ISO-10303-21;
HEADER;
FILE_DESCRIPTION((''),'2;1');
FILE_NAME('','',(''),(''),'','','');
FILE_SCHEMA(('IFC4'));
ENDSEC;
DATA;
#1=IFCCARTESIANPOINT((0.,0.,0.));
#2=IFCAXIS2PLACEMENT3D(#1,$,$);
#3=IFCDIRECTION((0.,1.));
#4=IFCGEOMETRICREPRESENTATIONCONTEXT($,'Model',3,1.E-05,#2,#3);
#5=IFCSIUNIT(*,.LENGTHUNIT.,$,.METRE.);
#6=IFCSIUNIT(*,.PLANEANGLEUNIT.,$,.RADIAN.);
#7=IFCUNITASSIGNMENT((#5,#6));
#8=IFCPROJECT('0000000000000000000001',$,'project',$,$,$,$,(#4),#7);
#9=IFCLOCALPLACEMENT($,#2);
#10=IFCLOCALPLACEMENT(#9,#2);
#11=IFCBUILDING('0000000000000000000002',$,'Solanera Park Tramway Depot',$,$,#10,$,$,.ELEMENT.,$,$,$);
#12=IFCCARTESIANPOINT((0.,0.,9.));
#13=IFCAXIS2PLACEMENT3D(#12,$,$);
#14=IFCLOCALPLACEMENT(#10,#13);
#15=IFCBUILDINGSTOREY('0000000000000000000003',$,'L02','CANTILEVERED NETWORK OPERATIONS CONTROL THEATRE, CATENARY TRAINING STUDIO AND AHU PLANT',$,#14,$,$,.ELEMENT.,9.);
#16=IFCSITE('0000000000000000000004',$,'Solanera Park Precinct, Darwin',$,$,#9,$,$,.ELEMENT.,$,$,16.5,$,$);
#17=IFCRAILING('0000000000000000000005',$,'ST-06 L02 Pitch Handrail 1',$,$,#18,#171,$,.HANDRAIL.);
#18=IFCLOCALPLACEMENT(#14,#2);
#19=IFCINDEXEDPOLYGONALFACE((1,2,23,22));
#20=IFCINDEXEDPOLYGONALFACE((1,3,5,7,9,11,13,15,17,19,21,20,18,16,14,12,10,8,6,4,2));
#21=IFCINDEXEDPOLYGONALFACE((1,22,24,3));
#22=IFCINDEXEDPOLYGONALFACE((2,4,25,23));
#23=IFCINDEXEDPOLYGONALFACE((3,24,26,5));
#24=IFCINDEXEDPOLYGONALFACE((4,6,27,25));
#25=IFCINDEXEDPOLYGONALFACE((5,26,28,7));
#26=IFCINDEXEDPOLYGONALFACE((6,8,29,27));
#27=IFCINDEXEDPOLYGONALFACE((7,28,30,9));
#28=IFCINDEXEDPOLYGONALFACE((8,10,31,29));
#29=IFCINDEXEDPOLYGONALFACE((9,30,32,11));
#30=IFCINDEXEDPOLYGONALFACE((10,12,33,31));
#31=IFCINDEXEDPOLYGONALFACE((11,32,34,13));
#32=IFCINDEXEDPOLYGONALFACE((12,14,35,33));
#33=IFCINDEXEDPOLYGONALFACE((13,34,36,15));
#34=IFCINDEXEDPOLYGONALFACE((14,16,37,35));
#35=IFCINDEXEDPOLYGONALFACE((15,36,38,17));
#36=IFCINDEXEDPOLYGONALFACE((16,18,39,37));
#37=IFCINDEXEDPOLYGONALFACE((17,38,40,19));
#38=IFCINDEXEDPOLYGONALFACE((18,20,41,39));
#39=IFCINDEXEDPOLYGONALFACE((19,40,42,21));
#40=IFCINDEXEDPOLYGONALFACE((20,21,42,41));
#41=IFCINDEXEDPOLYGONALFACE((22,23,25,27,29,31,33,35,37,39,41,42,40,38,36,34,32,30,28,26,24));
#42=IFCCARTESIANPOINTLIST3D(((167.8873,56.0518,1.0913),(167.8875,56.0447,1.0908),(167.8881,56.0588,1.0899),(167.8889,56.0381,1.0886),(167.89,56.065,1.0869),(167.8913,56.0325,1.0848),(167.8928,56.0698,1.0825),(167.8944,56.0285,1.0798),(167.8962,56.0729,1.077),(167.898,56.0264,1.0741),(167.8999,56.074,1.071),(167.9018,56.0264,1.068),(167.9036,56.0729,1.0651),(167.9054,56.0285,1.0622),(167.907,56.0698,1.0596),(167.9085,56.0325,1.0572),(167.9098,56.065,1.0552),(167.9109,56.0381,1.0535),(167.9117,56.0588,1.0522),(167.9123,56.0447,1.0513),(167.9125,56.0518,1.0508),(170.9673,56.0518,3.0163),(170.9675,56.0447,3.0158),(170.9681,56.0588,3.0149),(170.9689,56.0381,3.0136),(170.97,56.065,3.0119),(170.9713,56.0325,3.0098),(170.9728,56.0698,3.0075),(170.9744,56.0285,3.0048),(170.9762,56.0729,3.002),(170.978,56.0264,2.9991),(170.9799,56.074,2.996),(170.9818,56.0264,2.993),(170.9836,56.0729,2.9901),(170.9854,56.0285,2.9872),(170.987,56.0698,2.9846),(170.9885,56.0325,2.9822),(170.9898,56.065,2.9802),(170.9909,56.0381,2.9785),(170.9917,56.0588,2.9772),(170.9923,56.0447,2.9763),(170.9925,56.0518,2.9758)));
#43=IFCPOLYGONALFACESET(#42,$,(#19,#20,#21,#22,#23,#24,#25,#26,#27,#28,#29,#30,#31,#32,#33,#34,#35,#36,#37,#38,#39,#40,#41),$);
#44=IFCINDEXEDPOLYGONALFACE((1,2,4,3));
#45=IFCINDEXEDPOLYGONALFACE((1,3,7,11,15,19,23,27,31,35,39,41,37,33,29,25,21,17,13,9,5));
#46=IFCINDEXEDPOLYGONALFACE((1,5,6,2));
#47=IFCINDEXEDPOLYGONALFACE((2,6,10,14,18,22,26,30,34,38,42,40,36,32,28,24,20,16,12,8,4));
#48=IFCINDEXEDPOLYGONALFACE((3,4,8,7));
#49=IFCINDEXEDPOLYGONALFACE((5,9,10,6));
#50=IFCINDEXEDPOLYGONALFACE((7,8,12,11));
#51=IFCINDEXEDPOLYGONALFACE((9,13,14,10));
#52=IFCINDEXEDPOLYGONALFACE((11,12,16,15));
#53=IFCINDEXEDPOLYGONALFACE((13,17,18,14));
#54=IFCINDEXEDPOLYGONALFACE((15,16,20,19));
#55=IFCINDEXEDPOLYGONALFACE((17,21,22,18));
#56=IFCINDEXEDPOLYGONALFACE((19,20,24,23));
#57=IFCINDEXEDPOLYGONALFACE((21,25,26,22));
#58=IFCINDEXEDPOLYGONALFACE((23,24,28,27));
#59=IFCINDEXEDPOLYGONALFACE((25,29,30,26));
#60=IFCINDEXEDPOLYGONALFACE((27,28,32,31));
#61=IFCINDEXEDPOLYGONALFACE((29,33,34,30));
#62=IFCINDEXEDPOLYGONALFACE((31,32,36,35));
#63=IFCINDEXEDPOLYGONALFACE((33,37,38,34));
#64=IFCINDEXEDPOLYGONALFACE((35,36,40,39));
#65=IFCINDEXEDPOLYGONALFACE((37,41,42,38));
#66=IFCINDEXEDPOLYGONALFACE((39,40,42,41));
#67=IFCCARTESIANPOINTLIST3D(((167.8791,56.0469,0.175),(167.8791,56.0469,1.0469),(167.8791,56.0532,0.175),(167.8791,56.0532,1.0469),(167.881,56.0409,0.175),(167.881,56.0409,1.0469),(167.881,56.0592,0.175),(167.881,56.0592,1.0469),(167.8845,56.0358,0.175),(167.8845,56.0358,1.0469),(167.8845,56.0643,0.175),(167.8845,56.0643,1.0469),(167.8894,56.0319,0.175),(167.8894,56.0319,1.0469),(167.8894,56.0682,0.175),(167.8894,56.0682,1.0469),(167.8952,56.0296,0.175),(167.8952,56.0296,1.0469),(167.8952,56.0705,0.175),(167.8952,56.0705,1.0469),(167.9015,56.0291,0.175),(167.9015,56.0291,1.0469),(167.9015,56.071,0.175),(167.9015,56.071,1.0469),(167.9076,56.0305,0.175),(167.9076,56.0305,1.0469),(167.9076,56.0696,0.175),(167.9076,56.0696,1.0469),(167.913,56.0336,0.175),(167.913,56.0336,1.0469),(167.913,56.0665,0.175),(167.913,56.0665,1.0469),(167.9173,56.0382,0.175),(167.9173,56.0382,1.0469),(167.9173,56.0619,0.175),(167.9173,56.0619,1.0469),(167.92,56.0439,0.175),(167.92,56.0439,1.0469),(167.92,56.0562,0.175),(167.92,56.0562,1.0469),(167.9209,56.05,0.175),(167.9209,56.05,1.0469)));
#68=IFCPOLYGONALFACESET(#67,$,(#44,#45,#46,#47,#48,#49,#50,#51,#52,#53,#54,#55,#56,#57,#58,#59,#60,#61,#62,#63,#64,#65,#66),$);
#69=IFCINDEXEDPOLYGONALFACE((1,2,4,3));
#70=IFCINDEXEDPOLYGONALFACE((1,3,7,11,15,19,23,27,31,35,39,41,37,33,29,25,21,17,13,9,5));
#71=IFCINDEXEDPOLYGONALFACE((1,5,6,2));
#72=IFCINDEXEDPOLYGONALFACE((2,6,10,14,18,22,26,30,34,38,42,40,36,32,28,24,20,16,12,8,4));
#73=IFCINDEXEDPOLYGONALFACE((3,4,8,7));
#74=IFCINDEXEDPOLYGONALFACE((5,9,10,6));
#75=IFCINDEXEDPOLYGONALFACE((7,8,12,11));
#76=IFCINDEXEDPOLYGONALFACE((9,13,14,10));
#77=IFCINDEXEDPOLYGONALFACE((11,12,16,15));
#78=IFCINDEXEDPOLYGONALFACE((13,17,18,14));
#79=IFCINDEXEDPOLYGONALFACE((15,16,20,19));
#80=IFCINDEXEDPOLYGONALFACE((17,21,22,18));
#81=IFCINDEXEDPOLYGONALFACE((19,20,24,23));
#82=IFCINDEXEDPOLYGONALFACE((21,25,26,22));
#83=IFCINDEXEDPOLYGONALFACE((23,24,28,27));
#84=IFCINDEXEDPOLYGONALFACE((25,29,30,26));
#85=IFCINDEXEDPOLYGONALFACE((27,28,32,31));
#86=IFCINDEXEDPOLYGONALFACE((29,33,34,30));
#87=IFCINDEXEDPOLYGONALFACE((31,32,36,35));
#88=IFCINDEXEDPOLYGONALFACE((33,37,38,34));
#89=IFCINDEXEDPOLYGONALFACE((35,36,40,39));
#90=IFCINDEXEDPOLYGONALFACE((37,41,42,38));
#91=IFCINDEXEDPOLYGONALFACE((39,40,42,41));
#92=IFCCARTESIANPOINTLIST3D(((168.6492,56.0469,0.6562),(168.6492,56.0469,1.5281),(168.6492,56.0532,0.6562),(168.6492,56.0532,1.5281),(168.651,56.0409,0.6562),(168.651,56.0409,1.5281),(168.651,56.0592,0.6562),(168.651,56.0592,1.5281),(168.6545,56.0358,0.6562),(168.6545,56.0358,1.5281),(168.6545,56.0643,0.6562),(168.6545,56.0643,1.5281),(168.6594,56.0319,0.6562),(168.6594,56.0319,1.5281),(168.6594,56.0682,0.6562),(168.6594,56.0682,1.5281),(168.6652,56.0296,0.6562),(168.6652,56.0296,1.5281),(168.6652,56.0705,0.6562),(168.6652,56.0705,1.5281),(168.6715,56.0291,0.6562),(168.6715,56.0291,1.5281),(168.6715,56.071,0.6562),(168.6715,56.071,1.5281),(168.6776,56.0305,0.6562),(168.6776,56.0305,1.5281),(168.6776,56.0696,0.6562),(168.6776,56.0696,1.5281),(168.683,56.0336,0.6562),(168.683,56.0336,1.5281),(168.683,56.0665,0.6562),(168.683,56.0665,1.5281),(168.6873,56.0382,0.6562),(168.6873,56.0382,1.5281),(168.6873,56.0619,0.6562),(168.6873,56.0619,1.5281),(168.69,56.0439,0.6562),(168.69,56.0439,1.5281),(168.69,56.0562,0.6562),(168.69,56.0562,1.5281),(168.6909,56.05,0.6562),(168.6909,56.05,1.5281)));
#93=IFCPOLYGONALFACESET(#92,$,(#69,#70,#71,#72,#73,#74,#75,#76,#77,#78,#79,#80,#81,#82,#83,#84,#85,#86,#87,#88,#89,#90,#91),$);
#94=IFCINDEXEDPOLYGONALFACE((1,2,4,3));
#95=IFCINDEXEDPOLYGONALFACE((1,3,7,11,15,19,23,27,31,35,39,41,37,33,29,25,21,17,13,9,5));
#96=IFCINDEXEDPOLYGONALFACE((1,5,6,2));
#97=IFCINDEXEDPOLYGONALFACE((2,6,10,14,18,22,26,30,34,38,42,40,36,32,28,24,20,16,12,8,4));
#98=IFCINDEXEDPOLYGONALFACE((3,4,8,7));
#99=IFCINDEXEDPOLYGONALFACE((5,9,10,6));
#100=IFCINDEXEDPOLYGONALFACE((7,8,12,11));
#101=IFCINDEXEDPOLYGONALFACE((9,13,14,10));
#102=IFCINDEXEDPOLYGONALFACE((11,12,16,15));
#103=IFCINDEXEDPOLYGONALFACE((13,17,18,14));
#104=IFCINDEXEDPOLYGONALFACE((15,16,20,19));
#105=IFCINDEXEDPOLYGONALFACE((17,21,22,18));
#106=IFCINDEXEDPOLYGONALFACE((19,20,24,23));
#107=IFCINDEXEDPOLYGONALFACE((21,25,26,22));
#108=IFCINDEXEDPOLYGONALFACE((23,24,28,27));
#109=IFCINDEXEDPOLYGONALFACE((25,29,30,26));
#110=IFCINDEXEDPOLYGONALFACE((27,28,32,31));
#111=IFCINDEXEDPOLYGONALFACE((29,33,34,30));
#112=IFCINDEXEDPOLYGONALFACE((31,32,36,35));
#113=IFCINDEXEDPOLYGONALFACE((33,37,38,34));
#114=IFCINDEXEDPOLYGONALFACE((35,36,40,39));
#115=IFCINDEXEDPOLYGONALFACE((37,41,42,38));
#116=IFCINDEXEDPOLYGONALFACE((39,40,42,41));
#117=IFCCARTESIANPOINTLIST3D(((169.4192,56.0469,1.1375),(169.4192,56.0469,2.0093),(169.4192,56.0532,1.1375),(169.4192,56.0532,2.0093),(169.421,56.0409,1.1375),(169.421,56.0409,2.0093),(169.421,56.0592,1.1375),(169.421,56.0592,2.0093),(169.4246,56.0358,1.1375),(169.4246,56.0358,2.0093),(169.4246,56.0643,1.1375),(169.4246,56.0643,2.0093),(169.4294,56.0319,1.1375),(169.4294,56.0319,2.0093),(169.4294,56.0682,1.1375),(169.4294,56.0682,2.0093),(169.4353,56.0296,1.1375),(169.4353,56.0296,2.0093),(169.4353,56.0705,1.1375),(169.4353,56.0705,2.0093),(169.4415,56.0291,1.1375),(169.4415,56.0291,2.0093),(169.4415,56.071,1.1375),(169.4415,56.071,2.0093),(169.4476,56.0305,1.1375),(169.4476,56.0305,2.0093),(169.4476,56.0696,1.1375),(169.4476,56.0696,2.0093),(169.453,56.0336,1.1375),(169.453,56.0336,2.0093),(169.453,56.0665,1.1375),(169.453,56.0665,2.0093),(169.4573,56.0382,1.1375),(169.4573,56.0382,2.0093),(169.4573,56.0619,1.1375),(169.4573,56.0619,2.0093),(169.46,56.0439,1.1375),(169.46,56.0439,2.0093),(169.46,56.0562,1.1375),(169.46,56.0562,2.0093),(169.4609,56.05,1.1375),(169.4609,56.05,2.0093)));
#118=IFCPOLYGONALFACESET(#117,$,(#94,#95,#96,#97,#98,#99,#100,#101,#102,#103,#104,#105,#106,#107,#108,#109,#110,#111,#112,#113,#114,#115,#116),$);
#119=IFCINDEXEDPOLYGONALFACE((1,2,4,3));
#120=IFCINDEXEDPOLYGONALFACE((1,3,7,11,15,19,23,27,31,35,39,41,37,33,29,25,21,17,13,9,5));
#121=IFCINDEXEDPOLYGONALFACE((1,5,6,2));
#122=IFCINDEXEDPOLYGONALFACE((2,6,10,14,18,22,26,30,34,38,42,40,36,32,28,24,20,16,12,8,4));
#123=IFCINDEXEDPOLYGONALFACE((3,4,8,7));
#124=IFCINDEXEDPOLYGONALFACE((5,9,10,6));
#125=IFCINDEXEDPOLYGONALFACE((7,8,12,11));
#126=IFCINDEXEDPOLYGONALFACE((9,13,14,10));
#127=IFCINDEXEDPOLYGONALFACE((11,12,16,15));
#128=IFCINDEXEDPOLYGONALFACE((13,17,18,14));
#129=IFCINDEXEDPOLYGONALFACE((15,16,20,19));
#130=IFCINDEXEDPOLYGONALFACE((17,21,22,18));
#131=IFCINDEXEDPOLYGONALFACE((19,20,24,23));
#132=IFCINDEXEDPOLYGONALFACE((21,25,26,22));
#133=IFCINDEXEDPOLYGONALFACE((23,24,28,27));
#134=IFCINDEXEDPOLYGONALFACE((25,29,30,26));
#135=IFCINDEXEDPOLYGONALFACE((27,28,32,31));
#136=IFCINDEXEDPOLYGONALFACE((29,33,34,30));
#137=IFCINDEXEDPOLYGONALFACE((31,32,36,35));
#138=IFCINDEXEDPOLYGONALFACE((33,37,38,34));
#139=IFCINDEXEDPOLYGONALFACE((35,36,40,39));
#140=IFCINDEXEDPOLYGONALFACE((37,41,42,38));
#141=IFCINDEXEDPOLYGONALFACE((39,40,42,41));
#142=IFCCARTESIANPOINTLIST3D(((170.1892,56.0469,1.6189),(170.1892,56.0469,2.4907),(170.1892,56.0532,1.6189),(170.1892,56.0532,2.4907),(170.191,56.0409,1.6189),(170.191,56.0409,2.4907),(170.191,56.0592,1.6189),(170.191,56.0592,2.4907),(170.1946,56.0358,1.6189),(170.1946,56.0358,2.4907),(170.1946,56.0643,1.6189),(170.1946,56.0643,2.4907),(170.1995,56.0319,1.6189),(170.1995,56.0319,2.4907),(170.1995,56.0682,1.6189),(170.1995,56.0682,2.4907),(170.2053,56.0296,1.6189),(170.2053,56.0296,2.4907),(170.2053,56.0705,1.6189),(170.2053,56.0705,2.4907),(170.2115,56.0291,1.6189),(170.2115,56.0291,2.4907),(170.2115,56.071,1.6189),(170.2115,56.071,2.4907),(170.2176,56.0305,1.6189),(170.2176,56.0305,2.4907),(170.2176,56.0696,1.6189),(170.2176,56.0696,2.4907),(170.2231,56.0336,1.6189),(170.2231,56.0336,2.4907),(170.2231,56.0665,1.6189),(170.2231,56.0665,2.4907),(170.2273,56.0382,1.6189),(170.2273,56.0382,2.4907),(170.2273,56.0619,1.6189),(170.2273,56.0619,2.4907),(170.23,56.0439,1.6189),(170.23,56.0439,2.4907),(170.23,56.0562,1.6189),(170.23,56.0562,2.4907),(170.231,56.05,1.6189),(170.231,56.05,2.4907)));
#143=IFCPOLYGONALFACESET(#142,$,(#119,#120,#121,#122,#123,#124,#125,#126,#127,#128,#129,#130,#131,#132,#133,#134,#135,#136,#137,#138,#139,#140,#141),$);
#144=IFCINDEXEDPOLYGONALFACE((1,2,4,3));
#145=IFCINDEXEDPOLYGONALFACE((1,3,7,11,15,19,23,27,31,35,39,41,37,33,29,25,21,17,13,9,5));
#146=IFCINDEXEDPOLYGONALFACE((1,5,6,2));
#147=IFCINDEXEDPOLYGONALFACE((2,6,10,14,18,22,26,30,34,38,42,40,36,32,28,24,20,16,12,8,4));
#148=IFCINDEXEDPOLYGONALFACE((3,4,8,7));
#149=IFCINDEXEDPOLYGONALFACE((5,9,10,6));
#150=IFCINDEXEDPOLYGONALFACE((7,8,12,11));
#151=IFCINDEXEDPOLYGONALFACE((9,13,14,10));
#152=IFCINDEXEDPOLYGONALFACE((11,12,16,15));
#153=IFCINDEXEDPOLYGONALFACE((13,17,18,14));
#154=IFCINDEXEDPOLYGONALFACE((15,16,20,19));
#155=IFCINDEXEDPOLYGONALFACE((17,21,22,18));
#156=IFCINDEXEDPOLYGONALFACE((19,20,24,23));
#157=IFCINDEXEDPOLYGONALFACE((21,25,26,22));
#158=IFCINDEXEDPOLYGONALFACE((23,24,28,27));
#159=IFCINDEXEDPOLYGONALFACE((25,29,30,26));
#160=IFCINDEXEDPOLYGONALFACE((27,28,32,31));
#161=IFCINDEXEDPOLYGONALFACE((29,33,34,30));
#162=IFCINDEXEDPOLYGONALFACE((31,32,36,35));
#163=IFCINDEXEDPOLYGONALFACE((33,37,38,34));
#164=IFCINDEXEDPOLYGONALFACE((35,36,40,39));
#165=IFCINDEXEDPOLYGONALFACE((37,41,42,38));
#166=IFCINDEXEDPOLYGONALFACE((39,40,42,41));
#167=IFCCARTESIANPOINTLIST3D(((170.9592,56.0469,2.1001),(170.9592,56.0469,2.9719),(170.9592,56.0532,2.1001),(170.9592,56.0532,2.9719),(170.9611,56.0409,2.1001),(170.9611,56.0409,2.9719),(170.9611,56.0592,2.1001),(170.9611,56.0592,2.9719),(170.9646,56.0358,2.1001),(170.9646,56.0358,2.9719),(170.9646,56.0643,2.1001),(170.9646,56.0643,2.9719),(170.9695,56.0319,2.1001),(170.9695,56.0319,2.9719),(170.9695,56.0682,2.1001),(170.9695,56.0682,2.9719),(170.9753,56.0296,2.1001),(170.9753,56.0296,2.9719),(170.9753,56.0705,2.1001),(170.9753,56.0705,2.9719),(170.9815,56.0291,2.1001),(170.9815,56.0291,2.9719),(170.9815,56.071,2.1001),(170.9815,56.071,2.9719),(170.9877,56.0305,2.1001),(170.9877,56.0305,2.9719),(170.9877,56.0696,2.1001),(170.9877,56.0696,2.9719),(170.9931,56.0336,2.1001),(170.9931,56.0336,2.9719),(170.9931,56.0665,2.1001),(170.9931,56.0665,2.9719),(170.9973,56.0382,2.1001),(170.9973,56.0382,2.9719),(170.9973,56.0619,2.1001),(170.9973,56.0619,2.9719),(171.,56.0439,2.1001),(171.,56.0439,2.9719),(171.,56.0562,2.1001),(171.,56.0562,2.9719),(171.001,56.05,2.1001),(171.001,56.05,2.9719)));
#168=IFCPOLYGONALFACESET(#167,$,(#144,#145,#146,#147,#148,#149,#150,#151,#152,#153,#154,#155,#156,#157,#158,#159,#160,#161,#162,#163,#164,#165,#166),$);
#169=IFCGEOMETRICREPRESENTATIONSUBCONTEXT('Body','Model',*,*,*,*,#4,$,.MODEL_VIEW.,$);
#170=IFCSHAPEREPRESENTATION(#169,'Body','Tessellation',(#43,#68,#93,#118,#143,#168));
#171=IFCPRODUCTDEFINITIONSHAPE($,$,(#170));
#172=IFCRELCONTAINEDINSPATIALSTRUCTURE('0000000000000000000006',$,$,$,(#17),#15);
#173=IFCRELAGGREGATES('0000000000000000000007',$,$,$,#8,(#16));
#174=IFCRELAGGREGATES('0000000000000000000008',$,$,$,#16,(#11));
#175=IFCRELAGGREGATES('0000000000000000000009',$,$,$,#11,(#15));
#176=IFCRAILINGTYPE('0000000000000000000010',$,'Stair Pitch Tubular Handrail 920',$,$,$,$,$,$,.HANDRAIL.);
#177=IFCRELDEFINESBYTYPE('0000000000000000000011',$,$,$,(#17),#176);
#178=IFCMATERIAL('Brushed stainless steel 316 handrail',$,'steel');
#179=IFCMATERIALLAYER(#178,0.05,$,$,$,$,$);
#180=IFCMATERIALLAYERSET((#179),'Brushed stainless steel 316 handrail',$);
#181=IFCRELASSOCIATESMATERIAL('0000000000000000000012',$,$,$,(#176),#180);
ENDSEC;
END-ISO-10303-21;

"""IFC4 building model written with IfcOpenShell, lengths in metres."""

from ifc_helpers import new_model, si_unit, direction, frame, origin, origin_2d, place, context, subcontext, project, spatial, circle, extrude, material, layer, layer_set, type_object, element, save


model = new_model("IFC4")

# Units and contexts
model_context = context("Model", 3, precision=1e-05, world=origin(), true_north=direction((0.0, 1.0)))
body_context = subcontext(model_context, "Body", "Model", "MODEL_VIEW")
ifc_project = project(units=[si_unit("LENGTHUNIT", "METRE"), si_unit("PLANEANGLEUNIT", "RADIAN")], contexts=[model_context])

# Site, building, storey
site_placement = place(None, origin())
site = spatial("IfcSite", under=ifc_project, at=site_placement, Name="Solanera Park Precinct, Darwin", CompositionType="ELEMENT", RefElevation=16.5)
building_placement = place(site_placement, origin())
building = spatial("IfcBuilding", under=site, at=building_placement, Name="Solanera Park Tramway Depot", CompositionType="ELEMENT")
storey_placement = place(building_placement, frame((0.0, 0.0, 9.0)))
storey = spatial("IfcBuildingStorey", under=building, at=storey_placement, Name="L02", Description="CANTILEVERED NETWORK OPERATIONS CONTROL THEATRE, CATENARY TRAINING STUDIO AND AHU PLANT", CompositionType="ELEMENT", Elevation=9.0)

# Railing
ifc_material_1 = material(Name="Brushed stainless steel 316 handrail", Category="steel")
ifc_layer_1 = layer(ifc_material_1, 0.05)
ifc_layer_set_1 = layer_set([ifc_layer_1], Name="Brushed stainless steel 316 handrail")
railing_type_1 = type_object("IfcRailingType", Name="Stair Pitch Tubular Handrail 920", PredefinedType="HANDRAIL", material=ifc_layer_set_1)
railing_1_placement = place(storey_placement, frame((167.8999, 56.05, 0.175)))
element("IfcRailing", 1, at=railing_1_placement, inside=storey, type_object=railing_type_1, Name="ST-06 L02 Pitch Handrail 1", PredefinedType="HANDRAIL", context=body_context, shape_type="SweptSolid", body=[
    extrude(circle(Radius=0.0239, at=origin_2d()), frame((0.0, 0.0, 0.896), z_axis=(0.847998, 0.0, 0.529999), x_axis=(0.0, 1.0, 0.0)), (0.0, 0.0, 1.0), 3.6321),
    extrude(circle(Radius=0.021, at=origin_2d()), origin(), (0.0, 0.0, 1.0), 0.8718),
    extrude(circle(Radius=0.021, at=origin_2d()), frame((0.77, 0.0, 0.4812)), (0.0, 0.0, 1.0), 0.8718),
    extrude(circle(Radius=0.021, at=origin_2d()), frame((1.54, 0.0, 0.9624)), (0.0, 0.0, 1.0), 0.8718),
    extrude(circle(Radius=0.021, at=origin_2d()), frame((2.3101, 0.0, 1.4438)), (0.0, 0.0, 1.0), 0.8718),
    extrude(circle(Radius=0.021, at=origin_2d()), frame((3.0801, 0.0, 1.925)), (0.0, 0.0, 1.0), 0.8718),
])

save(model, "model.ifc")
